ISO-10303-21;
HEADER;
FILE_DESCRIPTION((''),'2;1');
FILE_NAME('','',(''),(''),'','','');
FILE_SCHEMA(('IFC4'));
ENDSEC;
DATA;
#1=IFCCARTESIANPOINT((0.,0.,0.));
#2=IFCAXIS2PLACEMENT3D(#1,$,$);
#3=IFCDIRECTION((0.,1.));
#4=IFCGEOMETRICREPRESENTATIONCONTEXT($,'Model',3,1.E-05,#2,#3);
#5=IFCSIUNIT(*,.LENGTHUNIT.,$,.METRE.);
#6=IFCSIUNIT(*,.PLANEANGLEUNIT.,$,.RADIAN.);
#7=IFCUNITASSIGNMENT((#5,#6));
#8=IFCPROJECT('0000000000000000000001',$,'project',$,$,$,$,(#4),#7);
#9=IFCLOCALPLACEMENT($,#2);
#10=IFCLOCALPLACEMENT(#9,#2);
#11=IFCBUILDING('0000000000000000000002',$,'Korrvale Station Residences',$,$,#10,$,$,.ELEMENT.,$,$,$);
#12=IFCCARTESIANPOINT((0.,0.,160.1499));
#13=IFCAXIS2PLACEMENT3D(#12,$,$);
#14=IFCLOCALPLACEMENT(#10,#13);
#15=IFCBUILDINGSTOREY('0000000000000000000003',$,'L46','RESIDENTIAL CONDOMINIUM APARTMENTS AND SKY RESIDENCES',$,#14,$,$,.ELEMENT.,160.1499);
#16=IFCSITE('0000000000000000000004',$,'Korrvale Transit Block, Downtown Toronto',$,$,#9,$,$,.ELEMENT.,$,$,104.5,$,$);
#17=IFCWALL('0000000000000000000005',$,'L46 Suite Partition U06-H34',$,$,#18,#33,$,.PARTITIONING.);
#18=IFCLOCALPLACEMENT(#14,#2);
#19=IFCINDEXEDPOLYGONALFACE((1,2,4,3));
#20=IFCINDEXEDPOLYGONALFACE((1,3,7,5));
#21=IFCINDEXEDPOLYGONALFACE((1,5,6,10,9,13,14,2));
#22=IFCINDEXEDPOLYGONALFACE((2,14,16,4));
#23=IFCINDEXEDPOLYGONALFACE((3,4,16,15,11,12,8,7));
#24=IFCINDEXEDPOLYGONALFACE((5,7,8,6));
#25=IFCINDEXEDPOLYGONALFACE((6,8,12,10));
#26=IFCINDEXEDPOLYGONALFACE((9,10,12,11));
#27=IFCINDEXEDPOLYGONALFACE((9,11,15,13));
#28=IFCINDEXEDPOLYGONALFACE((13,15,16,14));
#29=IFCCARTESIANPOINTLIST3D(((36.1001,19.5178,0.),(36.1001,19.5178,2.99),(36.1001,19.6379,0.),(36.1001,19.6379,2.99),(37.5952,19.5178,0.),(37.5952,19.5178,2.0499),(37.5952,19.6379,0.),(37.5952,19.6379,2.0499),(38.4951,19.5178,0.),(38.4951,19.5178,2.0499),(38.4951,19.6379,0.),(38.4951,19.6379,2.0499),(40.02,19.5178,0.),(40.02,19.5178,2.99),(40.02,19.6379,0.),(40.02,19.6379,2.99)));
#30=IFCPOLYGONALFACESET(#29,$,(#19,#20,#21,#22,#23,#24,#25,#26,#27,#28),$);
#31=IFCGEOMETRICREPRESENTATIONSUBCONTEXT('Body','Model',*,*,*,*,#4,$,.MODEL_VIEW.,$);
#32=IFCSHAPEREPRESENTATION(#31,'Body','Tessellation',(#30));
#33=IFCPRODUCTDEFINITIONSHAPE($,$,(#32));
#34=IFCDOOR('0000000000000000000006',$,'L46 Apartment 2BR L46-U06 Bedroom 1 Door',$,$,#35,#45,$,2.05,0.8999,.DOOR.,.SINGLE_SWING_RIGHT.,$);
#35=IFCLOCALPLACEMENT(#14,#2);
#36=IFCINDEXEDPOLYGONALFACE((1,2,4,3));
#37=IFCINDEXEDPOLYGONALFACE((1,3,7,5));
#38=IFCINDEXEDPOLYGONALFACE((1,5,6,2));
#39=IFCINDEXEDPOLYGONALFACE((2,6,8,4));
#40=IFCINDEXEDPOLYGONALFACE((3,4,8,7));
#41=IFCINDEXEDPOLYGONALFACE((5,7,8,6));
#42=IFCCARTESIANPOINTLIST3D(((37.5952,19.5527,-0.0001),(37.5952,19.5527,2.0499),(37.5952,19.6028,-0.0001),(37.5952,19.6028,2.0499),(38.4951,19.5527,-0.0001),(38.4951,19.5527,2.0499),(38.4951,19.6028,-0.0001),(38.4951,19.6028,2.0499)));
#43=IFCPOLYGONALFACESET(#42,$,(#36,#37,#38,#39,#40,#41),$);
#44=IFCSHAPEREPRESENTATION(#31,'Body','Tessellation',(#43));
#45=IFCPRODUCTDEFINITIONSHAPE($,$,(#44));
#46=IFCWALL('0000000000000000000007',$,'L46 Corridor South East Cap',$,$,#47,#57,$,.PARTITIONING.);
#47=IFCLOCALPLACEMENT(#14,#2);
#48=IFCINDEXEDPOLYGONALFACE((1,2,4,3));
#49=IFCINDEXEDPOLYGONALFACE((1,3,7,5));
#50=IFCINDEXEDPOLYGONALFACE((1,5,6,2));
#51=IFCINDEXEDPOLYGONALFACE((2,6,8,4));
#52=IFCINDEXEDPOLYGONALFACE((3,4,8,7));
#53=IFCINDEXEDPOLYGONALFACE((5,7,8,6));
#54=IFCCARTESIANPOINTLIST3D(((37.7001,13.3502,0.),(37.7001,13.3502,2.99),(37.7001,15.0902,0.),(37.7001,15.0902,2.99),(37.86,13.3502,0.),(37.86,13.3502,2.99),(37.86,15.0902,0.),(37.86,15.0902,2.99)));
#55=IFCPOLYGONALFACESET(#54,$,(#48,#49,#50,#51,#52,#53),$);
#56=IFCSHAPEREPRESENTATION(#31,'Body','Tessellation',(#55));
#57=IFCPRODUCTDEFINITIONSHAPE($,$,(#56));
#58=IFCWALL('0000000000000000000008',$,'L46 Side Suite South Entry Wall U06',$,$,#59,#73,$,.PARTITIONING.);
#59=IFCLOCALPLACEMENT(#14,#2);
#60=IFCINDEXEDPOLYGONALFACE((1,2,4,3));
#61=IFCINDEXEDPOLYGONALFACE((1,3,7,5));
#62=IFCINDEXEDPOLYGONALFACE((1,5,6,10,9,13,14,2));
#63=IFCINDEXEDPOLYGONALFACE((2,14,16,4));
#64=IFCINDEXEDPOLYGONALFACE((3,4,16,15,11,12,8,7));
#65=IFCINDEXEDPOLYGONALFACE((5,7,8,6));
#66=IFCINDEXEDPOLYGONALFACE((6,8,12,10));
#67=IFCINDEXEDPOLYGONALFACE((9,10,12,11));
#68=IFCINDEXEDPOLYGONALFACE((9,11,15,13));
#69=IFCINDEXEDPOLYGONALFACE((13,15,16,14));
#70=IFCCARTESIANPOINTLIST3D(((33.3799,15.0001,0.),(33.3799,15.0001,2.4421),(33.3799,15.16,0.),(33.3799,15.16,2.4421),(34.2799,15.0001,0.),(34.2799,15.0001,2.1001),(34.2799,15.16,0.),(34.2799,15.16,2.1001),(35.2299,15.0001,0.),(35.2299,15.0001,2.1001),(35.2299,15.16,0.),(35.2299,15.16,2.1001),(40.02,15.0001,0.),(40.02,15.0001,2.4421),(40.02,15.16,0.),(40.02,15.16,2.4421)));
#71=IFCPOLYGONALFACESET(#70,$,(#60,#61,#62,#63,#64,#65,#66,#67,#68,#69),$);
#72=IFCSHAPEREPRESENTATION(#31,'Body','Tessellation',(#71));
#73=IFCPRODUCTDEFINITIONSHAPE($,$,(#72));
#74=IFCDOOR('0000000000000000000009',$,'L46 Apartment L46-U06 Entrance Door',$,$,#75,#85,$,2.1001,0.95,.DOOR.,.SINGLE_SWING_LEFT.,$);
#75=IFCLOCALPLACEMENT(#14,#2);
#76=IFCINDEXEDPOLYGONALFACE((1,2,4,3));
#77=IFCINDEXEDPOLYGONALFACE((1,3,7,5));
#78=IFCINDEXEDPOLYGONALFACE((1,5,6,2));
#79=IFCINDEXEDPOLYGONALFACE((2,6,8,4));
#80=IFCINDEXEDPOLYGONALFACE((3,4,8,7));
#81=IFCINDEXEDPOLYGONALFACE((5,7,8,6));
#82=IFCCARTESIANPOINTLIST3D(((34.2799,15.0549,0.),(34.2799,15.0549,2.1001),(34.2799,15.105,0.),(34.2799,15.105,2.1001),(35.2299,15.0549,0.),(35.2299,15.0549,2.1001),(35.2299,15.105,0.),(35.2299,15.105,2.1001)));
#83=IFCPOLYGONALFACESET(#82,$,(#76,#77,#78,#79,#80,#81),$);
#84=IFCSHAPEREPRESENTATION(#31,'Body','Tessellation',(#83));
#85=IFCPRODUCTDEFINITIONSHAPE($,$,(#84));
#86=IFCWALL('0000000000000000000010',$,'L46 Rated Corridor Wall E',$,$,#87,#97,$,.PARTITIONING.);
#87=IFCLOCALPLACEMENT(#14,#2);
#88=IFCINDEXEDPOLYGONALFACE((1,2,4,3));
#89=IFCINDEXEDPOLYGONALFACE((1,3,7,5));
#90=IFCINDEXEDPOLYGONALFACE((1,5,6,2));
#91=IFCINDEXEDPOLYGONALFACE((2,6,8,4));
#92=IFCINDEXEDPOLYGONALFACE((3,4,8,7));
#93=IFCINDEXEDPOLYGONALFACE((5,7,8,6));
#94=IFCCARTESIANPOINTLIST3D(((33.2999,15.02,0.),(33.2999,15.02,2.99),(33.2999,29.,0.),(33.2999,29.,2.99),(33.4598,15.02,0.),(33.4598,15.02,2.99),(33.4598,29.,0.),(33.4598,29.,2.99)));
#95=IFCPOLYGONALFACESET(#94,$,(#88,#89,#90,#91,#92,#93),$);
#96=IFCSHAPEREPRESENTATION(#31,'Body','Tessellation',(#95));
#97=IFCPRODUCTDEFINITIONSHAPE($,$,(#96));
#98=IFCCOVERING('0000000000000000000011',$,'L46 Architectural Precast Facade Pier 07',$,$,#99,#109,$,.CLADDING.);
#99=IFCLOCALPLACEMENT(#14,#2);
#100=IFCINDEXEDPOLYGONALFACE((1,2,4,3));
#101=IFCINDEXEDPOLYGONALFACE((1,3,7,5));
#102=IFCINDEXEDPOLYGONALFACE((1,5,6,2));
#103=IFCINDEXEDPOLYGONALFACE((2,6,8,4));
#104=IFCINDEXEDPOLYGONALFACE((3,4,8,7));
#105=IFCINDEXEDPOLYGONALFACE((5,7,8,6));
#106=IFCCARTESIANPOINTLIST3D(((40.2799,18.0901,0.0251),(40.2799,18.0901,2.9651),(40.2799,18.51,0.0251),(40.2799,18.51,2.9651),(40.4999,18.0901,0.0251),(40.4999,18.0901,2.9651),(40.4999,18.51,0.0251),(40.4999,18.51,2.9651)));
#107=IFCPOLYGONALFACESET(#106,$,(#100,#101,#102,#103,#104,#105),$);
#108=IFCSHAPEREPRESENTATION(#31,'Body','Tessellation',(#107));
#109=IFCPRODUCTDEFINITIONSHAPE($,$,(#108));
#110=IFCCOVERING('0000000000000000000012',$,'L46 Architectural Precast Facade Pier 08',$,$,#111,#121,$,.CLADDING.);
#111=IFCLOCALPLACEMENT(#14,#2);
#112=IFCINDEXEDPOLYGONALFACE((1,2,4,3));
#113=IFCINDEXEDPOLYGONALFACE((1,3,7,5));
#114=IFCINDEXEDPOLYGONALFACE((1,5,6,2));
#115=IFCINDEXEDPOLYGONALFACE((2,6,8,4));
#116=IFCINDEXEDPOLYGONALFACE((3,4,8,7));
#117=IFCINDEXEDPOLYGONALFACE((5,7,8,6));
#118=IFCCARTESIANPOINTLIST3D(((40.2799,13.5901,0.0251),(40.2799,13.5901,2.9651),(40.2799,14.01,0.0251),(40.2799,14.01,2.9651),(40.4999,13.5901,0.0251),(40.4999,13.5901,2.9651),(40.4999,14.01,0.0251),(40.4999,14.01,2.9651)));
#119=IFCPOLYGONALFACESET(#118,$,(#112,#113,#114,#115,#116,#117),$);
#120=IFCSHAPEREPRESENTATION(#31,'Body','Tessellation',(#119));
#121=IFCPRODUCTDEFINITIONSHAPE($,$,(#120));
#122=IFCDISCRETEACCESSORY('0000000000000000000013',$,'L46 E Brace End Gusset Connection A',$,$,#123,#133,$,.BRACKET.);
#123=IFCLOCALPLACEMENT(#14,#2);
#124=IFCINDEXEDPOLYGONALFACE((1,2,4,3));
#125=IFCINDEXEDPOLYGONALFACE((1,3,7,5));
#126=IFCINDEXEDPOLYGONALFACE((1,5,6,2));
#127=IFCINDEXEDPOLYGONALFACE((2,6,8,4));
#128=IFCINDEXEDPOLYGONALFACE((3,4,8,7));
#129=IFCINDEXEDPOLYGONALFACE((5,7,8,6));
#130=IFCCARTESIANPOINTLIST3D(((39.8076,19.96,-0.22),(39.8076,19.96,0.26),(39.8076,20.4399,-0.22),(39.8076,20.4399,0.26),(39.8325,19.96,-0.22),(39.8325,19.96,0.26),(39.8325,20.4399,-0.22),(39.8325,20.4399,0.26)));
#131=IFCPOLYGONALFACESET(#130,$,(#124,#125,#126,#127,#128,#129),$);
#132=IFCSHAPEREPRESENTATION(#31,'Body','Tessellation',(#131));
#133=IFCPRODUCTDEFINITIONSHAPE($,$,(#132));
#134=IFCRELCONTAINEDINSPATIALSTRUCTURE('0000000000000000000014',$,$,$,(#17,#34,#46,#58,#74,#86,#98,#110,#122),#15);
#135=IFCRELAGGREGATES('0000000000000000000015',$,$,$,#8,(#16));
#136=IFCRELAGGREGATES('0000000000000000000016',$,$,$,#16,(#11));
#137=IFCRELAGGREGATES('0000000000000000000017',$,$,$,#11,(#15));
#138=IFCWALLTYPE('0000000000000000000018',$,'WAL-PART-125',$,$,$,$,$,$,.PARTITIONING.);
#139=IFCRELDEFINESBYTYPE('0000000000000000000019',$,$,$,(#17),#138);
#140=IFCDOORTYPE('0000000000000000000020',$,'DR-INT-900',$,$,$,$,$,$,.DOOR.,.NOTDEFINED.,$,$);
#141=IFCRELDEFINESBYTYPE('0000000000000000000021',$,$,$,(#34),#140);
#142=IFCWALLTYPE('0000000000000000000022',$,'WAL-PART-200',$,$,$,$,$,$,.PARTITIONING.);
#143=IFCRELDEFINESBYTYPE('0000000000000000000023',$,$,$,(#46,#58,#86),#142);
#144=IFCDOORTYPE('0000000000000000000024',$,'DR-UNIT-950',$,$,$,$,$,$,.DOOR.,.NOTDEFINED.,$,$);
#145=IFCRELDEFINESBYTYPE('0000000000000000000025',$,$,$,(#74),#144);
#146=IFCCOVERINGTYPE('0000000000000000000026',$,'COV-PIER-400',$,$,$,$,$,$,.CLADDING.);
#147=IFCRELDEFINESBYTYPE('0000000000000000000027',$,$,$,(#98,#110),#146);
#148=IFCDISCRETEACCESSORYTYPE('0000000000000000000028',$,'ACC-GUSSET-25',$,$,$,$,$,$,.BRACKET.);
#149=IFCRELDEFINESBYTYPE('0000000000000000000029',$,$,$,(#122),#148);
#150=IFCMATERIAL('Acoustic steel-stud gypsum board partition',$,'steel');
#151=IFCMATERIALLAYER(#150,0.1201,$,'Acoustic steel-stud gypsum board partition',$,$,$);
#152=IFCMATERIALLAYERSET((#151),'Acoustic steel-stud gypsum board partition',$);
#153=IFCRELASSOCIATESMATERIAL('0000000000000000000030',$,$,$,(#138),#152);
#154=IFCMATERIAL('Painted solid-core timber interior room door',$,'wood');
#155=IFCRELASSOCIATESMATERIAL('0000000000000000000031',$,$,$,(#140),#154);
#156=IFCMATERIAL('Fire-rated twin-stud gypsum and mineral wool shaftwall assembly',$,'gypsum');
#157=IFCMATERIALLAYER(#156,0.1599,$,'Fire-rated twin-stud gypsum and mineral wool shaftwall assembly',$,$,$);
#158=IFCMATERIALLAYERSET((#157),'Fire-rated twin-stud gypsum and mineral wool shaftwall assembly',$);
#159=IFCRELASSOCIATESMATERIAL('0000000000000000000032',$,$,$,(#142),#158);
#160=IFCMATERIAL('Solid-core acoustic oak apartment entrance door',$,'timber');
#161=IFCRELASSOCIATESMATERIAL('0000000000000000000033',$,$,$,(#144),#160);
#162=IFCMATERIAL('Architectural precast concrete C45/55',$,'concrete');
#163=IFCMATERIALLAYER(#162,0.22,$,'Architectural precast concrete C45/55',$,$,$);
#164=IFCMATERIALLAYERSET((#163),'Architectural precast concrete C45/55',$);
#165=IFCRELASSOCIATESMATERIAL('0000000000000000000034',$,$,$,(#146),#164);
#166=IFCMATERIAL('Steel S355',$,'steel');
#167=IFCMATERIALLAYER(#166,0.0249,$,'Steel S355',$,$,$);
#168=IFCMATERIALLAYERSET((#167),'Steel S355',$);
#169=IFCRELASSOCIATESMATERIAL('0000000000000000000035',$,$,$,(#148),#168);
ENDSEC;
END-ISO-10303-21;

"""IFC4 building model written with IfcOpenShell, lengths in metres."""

from ifc_helpers import new_model, si_unit, direction, frame, frame_2d, origin, origin_2d, place, context, subcontext, project, spatial, rectangle, extrude, material, layer, layer_set, type_object, element, fill, save


model = new_model("IFC4")

# Units and contexts
model_context = context("Model", 3, precision=1e-05, world=origin(), true_north=direction((0.0, 1.0)))
body_context = subcontext(model_context, "Body", "Model", "MODEL_VIEW")
ifc_project = project(units=[si_unit("LENGTHUNIT", "METRE"), si_unit("PLANEANGLEUNIT", "RADIAN")], contexts=[model_context])

# Site, building, storey
site_placement = place(None, origin())
site = spatial("IfcSite", under=ifc_project, at=site_placement, Name="Korrvale Transit Block, Downtown Toronto", CompositionType="ELEMENT", RefElevation=104.5)
building_placement = place(site_placement, origin())
building = spatial("IfcBuilding", under=site, at=building_placement, Name="Korrvale Station Residences", CompositionType="ELEMENT")
storey_placement = place(building_placement, frame((0.0, 0.0, 160.1499)))
storey = spatial("IfcBuildingStorey", under=building, at=storey_placement, Name="L46", Description="RESIDENTIAL CONDOMINIUM APARTMENTS AND SKY RESIDENCES", CompositionType="ELEMENT", Elevation=160.1499)

# Shared definitions
ifc_material_1 = material(Name="Steel S355", Category="steel")

# Shared definitions
ifc_material_2 = material(Name="Acoustic steel-stud gypsum board partition", Category="steel")
ifc_layer_1 = layer(ifc_material_2, 0.1201, Name="Acoustic steel-stud gypsum board partition")
ifc_layer_set_1 = layer_set([ifc_layer_1], Name="Acoustic steel-stud gypsum board partition")
wall_type_1 = type_object("IfcWallType", Name="WAL-PART-125", PredefinedType="PARTITIONING", material=ifc_layer_set_1)

# Wall, opening, door
ifc_material_3 = material(Name="Painted solid-core timber interior room door", Category="wood")
door_type_1 = type_object("IfcDoorType", Name="DR-INT-900", OperationType="NOTDEFINED", PredefinedType="DOOR", material=ifc_material_3)
wall_1_placement = place(storey_placement, frame((36.1001, 19.5779, 0.0), z_axis=(0.0, 0.0, 1.0), x_axis=(1.0, 0.0, 0.0)))
wall_1 = element("IfcWall", 1, at=wall_1_placement, inside=storey, type_object=wall_type_1, Name="L46 Suite Partition U06-H34", PredefinedType="PARTITIONING", context=body_context, shape_type="SweptSolid", body=[
    extrude(rectangle(XDim=3.9199, YDim=0.1201, at=frame_2d((1.96, 0.0))), origin(), (0.0, 0.0, 1.0), 2.99),
])
opening_1_placement = place(wall_1_placement, frame((1.4951, 0.0, 0.0)))
opening_1 = element("IfcOpeningElement", 2, at=opening_1_placement, cuts=wall_1, PredefinedType="OPENING", context=body_context, shape_type="SweptSolid", body=[
    extrude(rectangle(XDim=0.8999, YDim=2.05, at=frame_2d((0.45, 1.0249))), frame((0.0, 0.0701, 0.0), z_axis=(0.0, -1.0, 0.0), x_axis=(1.0, 0.0, 0.0)), (0.0, 0.0, 1.0), 0.1401),
])
door_1_placement = place(opening_1_placement, origin())
door_1 = element("IfcDoor", 3, at=door_1_placement, inside=storey, type_object=door_type_1, Name="L46 Apartment 2BR L46-U06 Bedroom 1 Door", OperationType="SINGLE_SWING_RIGHT", OverallHeight=2.05, OverallWidth=0.8999, PredefinedType="DOOR", context=body_context, shape_type="SweptSolid", body=[
    extrude(rectangle(XDim=0.8999, YDim=2.05, at=frame_2d((0.45, 1.0249))), frame((0.0, 0.0249, 0.0), z_axis=(0.0, -1.0, 0.0), x_axis=(1.0, 0.0, 0.0)), (0.0, 0.0, 1.0), 0.05),
])
fill(opening_1, door_1)

# Wall
ifc_material_4 = material(Name="Fire-rated twin-stud gypsum and mineral wool shaftwall assembly", Category="gypsum")
ifc_layer_2 = layer(ifc_material_4, 0.1599, Name="Fire-rated twin-stud gypsum and mineral wool shaftwall assembly")
ifc_layer_set_2 = layer_set([ifc_layer_2], Name="Fire-rated twin-stud gypsum and mineral wool shaftwall assembly")
wall_type_2 = type_object("IfcWallType", Name="WAL-PART-200", PredefinedType="PARTITIONING", material=ifc_layer_set_2)
wall_2_placement = place(storey_placement, frame((37.78, 13.3501, 0.0), z_axis=(0.0, 0.0, 1.0), x_axis=(0.0, 1.0, 0.0)))
element("IfcWall", 4, at=wall_2_placement, inside=storey, type_object=wall_type_2, Name="L46 Corridor South East Cap", PredefinedType="PARTITIONING", context=body_context, shape_type="SweptSolid", body=[
    extrude(rectangle(XDim=1.74, YDim=0.1599, at=frame_2d((0.8701, 0.0))), origin(), (0.0, 0.0, 1.0), 2.99),
])

# Wall, opening, door
wall_3_placement = place(storey_placement, frame((33.3799, 15.0801, 0.0), z_axis=(0.0, 0.0, 1.0), x_axis=(1.0, 0.0, 0.0)))
wall_3 = element("IfcWall", 5, at=wall_3_placement, inside=storey, type_object=wall_type_2, Name="L46 Side Suite South Entry Wall U06", PredefinedType="PARTITIONING", context=body_context, shape_type="SweptSolid", body=[
    extrude(rectangle(XDim=6.6401, YDim=0.1599, at=frame_2d((3.3201, 0.0))), origin(), (0.0, 0.0, 1.0), 2.4421),
])
opening_2_placement = place(wall_3_placement, frame((0.8999, 0.0, 0.0)))
opening_2 = element("IfcOpeningElement", 6, at=opening_2_placement, cuts=wall_3, PredefinedType="OPENING", context=body_context, shape_type="SweptSolid", body=[
    extrude(rectangle(XDim=0.95, YDim=2.1001, at=frame_2d((0.4751, 1.05))), frame((0.0, 0.0898, 0.0), z_axis=(0.0, -1.0, 0.0), x_axis=(1.0, 0.0, 0.0)), (0.0, 0.0, 1.0), 0.1799),
])
ifc_material_5 = material(Name="Solid-core acoustic oak apartment entrance door", Category="timber")
door_type_2 = type_object("IfcDoorType", Name="DR-UNIT-950", OperationType="NOTDEFINED", PredefinedType="DOOR", material=ifc_material_5)
door_2_placement = place(opening_2_placement, origin())
door_2 = element("IfcDoor", 7, at=door_2_placement, inside=storey, type_object=door_type_2, Name="L46 Apartment L46-U06 Entrance Door", OperationType="SINGLE_SWING_LEFT", OverallHeight=2.1001, OverallWidth=0.95, PredefinedType="DOOR", context=body_context, shape_type="SweptSolid", body=[
    extrude(rectangle(XDim=0.95, YDim=2.1001, at=frame_2d((0.4751, 1.05))), frame((0.0, 0.0249, 0.0), z_axis=(0.0, -1.0, 0.0), x_axis=(1.0, 0.0, 0.0)), (0.0, 0.0, 1.0), 0.05),
])
fill(opening_2, door_2)

# Wall
wall_4_placement = place(storey_placement, frame((33.3799, 15.02, 0.0), z_axis=(0.0, 0.0, 1.0), x_axis=(0.0, 1.0, 0.0)))
element("IfcWall", 8, at=wall_4_placement, inside=storey, type_object=wall_type_2, Name="L46 Rated Corridor Wall E", PredefinedType="PARTITIONING", context=body_context, shape_type="SweptSolid", body=[
    extrude(rectangle(XDim=13.98, YDim=0.1599, at=frame_2d((6.99, 0.0))), origin(), (0.0, 0.0, 1.0), 2.99),
])

# Coverings
ifc_material_6 = material(Name="Architectural precast concrete C45/55", Category="concrete")
ifc_layer_3 = layer(ifc_material_6, 0.22, Name="Architectural precast concrete C45/55")
ifc_layer_set_3 = layer_set([ifc_layer_3], Name="Architectural precast concrete C45/55")
covering_type = type_object("IfcCoveringType", Name="COV-PIER-400", PredefinedType="CLADDING", material=ifc_layer_set_3)
for number, where, z_axis, x_axis, name in (
    (9, (40.3899, 18.3, 0.0251), (0.0, 0.0, 1.0), (0.0, 1.0, 0.0), "L46 Architectural Precast Facade Pier 07"),
    (10, (40.3899, 13.8, 0.0251), (0.0, 0.0, 1.0), (0.0, 1.0, 0.0), "L46 Architectural Precast Facade Pier 08"),
):
    element("IfcCovering", number, at=place(storey_placement, frame(where, z_axis=z_axis, x_axis=x_axis)), inside=storey, type_object=covering_type, Name=name, PredefinedType="CLADDING", context=body_context, shape_type="SweptSolid", body=[
        extrude(rectangle(XDim=0.4199, YDim=0.22, at=origin_2d()), origin(), (0.0, 0.0, 1.0), 2.9399),
    ])

# Discrete accessory
ifc_layer_4 = layer(ifc_material_1, 0.0249, Name="Steel S355")
ifc_layer_set_4 = layer_set([ifc_layer_4], Name="Steel S355")
discrete_accessory_type = type_object("IfcDiscreteAccessoryType", Name="ACC-GUSSET-25", PredefinedType="BRACKET", material=ifc_layer_set_4)
discrete_accessory_placement = place(storey_placement, frame((39.8201, 20.2, -0.22), z_axis=(0.0, 0.0, 1.0), x_axis=(0.0, 1.0, 0.0)))
element("IfcDiscreteAccessory", 11, at=discrete_accessory_placement, inside=storey, type_object=discrete_accessory_type, Name="L46 E Brace End Gusset Connection A", PredefinedType="BRACKET", context=body_context, shape_type="SweptSolid", body=[
    extrude(rectangle(XDim=0.48, YDim=0.0249, at=origin_2d()), origin(), (0.0, 0.0, 1.0), 0.48),
])

save(model, "model.ifc")
